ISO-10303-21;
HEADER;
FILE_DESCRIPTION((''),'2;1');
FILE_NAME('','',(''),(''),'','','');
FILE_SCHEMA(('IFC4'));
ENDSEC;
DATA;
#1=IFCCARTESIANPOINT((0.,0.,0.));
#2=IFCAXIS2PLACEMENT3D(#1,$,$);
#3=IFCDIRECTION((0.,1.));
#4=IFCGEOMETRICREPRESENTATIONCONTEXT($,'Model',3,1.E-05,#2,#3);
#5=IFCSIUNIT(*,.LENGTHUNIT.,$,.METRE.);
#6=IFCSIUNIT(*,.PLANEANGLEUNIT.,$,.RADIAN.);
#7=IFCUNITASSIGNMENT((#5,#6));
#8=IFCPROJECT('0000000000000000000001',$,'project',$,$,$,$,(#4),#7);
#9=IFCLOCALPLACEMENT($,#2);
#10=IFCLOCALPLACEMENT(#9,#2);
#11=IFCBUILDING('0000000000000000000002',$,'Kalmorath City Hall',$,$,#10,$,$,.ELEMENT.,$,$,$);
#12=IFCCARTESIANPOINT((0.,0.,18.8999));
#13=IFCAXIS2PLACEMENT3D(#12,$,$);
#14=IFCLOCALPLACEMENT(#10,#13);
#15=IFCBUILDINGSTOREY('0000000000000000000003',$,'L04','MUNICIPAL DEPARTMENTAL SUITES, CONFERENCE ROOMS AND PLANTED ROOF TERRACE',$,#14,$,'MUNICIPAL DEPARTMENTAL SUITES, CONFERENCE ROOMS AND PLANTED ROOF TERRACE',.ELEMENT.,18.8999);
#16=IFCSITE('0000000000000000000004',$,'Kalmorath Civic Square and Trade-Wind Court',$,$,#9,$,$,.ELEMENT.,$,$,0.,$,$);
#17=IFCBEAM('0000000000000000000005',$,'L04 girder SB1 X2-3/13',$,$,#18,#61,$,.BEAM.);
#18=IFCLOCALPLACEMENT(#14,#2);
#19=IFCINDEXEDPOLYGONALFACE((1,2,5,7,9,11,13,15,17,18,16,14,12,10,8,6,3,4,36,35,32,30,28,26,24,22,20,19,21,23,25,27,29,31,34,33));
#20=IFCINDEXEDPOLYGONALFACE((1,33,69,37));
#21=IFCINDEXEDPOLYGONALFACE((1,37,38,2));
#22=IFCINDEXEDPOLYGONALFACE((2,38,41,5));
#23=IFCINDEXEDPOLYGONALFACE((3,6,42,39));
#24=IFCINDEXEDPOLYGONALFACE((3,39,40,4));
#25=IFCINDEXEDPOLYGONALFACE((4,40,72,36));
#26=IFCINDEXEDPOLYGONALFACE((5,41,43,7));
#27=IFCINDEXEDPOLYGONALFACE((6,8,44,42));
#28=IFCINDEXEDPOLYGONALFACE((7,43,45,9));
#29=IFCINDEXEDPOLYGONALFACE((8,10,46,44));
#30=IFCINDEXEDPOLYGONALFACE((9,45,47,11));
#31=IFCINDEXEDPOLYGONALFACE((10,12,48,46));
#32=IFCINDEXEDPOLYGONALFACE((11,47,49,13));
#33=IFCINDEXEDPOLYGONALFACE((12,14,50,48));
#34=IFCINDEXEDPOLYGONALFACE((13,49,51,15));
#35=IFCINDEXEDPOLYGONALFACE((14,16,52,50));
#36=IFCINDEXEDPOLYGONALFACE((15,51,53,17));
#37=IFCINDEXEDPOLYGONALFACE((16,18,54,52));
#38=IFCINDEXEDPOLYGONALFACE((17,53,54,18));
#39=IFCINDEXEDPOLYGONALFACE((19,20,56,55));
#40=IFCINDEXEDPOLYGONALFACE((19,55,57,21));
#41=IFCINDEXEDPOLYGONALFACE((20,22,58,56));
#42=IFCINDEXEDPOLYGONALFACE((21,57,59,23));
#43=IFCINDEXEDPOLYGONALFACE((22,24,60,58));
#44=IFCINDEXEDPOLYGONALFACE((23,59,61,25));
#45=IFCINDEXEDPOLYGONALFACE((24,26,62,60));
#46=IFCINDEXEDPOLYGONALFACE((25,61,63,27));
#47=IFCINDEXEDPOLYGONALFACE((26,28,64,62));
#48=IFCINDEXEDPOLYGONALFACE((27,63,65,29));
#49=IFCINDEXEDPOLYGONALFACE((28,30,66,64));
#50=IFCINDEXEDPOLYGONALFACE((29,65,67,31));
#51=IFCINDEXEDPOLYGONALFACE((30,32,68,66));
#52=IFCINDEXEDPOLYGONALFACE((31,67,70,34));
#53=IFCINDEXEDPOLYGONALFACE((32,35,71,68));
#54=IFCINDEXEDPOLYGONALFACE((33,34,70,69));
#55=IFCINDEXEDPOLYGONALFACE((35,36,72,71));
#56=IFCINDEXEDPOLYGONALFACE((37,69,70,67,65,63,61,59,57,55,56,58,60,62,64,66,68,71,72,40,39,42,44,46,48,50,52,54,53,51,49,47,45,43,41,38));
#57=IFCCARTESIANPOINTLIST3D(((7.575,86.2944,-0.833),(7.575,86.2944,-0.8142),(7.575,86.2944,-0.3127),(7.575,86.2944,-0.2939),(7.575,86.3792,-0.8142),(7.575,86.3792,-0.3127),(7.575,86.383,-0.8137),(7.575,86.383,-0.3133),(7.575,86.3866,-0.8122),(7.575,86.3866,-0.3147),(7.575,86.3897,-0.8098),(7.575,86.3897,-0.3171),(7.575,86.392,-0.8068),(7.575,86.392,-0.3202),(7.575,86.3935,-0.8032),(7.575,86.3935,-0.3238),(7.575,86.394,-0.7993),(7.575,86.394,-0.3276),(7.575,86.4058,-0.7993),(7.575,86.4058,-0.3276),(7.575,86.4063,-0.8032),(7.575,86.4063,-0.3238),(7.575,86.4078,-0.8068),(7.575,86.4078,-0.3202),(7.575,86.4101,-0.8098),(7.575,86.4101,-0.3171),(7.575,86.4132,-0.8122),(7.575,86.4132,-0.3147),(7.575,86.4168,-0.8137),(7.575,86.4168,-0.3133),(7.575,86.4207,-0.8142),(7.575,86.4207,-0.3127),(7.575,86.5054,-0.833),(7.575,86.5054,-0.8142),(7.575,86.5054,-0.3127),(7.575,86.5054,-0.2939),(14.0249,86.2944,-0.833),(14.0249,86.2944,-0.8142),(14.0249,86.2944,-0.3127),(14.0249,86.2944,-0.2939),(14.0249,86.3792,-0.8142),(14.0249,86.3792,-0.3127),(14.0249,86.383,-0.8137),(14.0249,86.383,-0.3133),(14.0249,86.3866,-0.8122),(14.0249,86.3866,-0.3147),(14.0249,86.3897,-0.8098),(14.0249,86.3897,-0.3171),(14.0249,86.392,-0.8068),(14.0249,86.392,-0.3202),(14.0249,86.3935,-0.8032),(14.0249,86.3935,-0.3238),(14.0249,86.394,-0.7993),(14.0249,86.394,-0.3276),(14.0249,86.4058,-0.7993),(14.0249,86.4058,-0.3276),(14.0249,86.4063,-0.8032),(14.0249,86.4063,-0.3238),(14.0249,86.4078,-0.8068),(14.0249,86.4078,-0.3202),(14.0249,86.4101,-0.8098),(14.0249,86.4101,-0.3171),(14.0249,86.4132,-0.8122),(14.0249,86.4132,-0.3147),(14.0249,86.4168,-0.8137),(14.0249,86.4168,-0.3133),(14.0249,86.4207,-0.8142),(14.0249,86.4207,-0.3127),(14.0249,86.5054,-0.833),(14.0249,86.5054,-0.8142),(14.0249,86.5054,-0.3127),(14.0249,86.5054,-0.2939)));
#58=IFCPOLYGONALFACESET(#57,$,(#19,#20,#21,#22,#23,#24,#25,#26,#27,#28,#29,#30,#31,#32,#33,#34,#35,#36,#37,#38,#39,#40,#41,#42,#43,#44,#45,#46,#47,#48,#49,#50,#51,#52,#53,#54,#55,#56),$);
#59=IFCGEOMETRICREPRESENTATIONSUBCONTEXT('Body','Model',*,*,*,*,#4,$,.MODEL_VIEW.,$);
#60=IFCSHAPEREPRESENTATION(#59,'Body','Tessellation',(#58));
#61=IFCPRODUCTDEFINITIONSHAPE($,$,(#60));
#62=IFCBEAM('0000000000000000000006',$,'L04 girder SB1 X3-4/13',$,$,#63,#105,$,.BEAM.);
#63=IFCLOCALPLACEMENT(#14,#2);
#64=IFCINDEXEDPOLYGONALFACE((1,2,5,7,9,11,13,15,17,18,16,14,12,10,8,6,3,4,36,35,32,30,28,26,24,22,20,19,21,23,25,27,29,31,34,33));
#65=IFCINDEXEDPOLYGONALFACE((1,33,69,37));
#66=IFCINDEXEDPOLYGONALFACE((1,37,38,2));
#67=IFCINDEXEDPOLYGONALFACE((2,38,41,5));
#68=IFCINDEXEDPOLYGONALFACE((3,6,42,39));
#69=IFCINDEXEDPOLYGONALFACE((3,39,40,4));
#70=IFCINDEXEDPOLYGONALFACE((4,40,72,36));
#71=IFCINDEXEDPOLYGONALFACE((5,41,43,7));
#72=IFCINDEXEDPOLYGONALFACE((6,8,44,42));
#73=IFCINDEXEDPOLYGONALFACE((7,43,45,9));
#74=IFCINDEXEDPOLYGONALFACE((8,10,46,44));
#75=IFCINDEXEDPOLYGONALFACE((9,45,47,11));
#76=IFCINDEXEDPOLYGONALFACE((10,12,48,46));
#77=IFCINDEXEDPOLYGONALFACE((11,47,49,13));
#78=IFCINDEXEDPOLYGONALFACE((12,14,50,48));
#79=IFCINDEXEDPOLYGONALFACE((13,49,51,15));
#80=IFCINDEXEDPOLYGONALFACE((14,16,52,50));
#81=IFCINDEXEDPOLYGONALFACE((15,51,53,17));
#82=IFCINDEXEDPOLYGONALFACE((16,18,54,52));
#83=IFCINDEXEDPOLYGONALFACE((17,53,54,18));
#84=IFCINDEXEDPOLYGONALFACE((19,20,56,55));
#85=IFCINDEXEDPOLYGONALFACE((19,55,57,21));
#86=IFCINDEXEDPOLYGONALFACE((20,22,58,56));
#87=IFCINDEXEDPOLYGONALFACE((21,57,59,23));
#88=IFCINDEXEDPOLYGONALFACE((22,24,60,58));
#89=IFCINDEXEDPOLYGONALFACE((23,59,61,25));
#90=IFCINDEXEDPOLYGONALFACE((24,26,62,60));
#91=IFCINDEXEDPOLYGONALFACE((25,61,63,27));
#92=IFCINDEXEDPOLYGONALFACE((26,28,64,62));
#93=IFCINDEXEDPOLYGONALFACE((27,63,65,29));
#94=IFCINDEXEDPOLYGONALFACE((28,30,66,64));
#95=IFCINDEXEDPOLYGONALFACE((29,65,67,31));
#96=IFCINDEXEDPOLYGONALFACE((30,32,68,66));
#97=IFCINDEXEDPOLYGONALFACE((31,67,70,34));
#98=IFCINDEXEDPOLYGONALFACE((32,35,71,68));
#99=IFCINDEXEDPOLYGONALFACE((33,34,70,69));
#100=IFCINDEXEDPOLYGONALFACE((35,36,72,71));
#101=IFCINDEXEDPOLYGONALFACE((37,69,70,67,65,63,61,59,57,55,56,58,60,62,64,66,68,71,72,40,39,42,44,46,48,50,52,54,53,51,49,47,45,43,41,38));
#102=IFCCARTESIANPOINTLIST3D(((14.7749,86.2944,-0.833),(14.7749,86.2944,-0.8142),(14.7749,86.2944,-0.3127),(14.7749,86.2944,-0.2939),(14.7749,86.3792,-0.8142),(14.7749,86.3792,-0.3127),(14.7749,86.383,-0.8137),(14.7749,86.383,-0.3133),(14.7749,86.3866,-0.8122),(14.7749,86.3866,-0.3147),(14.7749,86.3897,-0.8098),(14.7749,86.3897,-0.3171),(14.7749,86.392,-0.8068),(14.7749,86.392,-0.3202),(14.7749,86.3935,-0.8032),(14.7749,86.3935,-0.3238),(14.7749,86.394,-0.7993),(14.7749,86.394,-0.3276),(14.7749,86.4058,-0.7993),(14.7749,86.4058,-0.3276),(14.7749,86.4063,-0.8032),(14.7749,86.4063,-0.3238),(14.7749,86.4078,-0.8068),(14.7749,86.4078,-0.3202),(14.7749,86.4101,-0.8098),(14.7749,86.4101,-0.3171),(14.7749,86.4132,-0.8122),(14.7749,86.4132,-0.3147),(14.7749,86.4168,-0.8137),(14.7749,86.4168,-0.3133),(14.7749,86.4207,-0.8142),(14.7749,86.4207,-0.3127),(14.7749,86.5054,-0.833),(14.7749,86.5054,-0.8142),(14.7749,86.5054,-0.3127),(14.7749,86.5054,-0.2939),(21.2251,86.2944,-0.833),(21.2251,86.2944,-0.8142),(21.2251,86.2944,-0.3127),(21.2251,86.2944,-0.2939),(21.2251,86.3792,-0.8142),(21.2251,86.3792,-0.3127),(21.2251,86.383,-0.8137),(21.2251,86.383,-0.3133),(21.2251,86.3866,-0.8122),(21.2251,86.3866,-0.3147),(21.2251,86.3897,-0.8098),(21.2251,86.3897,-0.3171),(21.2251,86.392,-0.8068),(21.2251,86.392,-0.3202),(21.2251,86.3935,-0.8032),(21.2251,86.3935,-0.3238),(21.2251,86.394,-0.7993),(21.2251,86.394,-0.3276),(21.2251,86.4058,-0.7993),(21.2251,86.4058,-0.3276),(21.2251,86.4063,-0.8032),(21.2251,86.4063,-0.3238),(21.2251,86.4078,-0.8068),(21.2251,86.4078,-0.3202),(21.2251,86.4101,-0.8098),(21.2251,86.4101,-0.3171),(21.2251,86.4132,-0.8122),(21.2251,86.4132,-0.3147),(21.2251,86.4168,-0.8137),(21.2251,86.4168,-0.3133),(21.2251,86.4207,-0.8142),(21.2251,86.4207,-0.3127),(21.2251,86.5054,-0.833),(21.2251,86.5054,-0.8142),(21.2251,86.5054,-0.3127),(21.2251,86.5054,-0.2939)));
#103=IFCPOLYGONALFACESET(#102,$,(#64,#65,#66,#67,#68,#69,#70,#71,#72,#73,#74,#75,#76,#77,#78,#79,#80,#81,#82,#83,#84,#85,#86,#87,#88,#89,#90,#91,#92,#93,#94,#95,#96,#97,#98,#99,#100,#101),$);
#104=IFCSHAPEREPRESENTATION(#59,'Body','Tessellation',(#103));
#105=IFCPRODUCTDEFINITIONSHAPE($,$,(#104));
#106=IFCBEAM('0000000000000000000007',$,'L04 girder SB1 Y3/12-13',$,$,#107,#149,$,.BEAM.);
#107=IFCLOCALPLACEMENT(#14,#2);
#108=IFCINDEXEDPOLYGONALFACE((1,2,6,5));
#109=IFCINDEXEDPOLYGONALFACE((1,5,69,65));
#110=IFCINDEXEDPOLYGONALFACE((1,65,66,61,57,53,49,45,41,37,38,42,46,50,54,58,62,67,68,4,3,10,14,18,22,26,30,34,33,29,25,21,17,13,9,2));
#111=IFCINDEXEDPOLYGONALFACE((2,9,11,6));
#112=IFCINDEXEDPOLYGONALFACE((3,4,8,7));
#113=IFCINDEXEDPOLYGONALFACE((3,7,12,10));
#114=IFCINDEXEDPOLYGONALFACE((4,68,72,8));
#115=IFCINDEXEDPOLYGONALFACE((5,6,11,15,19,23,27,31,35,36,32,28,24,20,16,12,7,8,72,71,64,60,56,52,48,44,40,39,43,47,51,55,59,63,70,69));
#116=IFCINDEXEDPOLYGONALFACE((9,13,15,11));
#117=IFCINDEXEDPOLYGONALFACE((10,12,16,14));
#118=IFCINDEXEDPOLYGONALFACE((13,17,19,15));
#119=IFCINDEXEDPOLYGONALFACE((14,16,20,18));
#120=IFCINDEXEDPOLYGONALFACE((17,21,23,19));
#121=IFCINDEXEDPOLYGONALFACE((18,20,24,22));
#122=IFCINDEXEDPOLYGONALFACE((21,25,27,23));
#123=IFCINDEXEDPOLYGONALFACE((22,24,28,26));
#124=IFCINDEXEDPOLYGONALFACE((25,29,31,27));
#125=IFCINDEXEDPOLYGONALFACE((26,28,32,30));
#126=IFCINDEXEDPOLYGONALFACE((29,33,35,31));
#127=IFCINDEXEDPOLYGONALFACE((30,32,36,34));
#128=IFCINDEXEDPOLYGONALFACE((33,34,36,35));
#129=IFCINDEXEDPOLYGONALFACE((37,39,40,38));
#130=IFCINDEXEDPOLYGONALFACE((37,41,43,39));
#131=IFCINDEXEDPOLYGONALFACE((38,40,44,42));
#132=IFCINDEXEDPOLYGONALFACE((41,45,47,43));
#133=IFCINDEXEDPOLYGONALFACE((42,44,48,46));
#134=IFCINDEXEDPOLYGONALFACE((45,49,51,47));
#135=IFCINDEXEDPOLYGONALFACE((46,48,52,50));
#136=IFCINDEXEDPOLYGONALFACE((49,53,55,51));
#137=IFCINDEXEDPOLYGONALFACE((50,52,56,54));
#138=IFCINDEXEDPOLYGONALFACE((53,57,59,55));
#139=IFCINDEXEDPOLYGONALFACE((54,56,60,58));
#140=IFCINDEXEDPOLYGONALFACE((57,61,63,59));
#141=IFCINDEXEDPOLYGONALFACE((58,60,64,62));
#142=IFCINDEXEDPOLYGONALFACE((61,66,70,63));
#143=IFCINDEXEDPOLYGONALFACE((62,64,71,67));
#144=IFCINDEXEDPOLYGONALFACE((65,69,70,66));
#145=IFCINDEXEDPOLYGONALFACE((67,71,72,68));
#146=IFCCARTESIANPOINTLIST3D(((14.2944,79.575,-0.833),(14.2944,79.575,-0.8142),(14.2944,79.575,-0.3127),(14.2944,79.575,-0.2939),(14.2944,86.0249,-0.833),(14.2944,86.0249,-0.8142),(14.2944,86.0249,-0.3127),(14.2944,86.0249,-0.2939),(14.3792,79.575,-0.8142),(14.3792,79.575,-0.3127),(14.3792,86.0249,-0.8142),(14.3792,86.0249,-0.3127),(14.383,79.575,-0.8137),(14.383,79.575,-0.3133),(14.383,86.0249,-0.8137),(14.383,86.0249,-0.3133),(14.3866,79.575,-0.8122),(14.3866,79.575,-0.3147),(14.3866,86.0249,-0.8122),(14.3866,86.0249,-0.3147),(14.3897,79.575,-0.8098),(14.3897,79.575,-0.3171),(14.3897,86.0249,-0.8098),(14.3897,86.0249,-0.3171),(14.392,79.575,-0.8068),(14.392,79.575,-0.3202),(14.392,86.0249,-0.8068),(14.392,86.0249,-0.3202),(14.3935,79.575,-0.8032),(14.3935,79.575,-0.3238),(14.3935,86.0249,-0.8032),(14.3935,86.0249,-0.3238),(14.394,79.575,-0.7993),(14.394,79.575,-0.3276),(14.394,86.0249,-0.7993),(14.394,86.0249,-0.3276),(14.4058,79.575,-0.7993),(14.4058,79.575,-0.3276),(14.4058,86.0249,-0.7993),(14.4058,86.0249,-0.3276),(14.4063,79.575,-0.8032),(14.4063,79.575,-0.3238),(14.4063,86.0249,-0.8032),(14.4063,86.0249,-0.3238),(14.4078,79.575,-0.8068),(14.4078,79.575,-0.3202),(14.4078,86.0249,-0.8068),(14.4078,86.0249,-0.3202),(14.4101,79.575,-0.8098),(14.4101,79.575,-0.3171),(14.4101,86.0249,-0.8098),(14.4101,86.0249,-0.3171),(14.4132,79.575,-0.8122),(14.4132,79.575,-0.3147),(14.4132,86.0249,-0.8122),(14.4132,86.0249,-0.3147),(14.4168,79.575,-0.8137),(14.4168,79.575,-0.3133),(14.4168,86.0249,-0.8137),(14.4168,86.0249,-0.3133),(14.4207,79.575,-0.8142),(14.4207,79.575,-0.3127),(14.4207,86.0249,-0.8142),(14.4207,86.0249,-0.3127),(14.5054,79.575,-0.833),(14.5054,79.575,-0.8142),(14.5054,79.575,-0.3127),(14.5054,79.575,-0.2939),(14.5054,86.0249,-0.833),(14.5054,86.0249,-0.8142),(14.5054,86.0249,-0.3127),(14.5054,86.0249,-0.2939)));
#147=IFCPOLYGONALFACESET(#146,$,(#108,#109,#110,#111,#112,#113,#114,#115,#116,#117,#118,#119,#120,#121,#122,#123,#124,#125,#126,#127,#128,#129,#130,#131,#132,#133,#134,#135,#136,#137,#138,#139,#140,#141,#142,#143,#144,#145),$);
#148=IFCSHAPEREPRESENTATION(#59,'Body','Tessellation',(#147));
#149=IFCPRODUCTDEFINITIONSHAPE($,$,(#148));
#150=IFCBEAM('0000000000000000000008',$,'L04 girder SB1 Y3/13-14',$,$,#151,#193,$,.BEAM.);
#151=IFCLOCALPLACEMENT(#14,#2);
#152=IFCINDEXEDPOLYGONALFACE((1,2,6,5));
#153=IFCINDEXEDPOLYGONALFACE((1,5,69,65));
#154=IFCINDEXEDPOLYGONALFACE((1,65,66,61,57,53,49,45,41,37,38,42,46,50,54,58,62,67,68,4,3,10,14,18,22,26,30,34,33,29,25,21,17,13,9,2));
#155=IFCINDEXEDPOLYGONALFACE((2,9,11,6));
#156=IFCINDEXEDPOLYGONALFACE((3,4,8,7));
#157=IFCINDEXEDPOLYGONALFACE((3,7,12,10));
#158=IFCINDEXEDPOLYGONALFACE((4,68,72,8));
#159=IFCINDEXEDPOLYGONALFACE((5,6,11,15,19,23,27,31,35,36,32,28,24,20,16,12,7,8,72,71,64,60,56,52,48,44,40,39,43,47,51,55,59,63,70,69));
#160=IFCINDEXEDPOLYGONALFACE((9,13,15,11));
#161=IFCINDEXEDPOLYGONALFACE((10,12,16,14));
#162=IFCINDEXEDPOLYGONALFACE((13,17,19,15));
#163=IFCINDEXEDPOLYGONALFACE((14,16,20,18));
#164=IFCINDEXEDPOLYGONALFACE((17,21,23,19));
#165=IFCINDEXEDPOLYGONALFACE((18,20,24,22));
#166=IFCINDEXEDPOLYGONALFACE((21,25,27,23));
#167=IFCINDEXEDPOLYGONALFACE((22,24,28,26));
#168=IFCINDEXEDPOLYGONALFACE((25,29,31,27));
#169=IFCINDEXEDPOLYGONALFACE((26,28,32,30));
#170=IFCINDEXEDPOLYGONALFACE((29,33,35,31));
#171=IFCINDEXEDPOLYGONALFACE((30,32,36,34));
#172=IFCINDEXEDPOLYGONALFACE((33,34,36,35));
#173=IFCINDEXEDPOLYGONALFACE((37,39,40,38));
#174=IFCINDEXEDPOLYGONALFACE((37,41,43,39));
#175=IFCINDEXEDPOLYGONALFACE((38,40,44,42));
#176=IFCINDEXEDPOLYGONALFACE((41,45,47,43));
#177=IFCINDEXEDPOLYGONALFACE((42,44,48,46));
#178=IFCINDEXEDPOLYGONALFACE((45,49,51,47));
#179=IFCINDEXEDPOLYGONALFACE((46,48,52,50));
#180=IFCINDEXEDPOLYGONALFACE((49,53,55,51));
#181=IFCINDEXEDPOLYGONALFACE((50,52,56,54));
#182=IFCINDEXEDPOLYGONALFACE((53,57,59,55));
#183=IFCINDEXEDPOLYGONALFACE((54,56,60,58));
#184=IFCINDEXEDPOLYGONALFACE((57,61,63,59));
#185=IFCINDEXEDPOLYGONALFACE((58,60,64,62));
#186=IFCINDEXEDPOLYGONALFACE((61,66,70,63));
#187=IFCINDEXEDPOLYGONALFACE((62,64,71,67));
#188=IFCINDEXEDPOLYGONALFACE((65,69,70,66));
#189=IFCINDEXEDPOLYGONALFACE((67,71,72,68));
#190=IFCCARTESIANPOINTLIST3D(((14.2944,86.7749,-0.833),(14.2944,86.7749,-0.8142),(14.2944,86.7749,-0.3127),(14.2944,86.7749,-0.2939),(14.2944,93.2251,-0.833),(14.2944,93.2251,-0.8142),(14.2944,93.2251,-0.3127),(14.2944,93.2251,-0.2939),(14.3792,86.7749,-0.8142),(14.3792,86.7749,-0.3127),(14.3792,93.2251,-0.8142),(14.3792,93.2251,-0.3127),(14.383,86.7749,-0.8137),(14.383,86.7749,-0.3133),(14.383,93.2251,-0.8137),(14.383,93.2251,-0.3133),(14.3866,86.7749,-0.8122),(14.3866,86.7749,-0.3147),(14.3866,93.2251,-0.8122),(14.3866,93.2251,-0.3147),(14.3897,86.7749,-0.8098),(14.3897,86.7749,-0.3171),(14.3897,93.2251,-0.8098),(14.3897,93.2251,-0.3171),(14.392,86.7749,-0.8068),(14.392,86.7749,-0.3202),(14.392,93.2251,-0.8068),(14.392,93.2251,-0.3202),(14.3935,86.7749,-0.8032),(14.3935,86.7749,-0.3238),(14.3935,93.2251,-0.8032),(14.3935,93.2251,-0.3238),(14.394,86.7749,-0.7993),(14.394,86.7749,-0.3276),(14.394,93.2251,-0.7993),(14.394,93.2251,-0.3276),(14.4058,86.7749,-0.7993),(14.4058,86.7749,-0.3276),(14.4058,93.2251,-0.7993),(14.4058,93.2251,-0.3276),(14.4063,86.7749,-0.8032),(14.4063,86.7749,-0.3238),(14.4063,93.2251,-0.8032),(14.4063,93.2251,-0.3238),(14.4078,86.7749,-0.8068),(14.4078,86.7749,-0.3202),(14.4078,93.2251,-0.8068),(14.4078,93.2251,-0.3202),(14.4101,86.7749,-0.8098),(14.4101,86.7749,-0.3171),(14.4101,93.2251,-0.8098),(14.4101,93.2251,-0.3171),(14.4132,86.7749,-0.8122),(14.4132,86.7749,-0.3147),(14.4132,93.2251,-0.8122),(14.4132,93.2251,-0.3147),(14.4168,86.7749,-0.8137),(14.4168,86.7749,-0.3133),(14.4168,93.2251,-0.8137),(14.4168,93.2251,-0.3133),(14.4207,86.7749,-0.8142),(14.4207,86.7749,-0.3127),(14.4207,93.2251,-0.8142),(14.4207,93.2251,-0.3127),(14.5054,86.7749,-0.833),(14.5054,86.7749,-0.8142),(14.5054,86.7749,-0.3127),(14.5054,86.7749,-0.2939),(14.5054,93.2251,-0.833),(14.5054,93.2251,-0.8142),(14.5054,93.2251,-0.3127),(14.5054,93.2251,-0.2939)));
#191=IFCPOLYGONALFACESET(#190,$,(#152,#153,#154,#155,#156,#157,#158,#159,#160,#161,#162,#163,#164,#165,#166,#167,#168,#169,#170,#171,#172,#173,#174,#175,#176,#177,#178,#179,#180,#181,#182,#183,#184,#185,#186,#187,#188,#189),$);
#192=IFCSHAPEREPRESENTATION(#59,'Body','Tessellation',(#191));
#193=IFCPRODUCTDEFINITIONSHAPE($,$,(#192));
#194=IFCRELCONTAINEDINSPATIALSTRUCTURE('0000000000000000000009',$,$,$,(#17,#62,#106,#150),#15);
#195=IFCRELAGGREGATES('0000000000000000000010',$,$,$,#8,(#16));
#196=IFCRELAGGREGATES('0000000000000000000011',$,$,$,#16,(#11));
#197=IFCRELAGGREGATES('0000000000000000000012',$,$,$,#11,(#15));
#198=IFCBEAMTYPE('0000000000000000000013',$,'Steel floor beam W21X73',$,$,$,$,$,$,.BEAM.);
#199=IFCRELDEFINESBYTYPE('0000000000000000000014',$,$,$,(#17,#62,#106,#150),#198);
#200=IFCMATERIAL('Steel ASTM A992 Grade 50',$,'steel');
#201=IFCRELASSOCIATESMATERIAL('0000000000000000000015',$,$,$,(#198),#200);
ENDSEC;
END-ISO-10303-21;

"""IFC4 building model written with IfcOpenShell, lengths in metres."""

from ifc_helpers import new_model, si_unit, direction, frame, origin, origin_2d, place, context, subcontext, project, spatial, i_section, extrude, material, material_profile, profile_set, type_object, element, save


model = new_model("IFC4")

# Units and contexts
model_context = context("Model", 3, precision=1e-05, world=origin(), true_north=direction((0.0, 1.0)))
body_context = subcontext(model_context, "Body", "Model", "MODEL_VIEW")
ifc_project = project(units=[si_unit("LENGTHUNIT", "METRE"), si_unit("PLANEANGLEUNIT", "RADIAN")], contexts=[model_context])

# Site, building, storey
site_placement = place(None, origin())
site = spatial("IfcSite", under=ifc_project, at=site_placement, Name="Kalmorath Civic Square and Trade-Wind Court", CompositionType="ELEMENT", RefElevation=0.0)
building_placement = place(site_placement, origin())
building = spatial("IfcBuilding", under=site, at=building_placement, Name="Kalmorath City Hall", CompositionType="ELEMENT")
storey_placement = place(building_placement, frame((0.0, 0.0, 18.8999)))
storey = spatial("IfcBuildingStorey", under=building, at=storey_placement, Name="L04", Description="MUNICIPAL DEPARTMENTAL SUITES, CONFERENCE ROOMS AND PLANTED ROOF TERRACE", LongName="MUNICIPAL DEPARTMENTAL SUITES, CONFERENCE ROOMS AND PLANTED ROOF TERRACE", CompositionType="ELEMENT", Elevation=18.8999)

# Beams
ifc_material_1 = material(Name="Steel ASTM A992 Grade 50", Category="steel")
ifc_material_profile_1 = material_profile(ifc_material_1, i_section(OverallWidth=0.2109, OverallDepth=0.5391, WebThickness=0.0117, FlangeThickness=0.0188, FilletRadius=0.0149, at=origin_2d()), Name="W21X73")
ifc_profile_set_1 = profile_set([ifc_material_profile_1], Name="Steel ASTM A992 Grade 50")
beam_type_1 = type_object("IfcBeamType", Name="Steel floor beam W21X73", PredefinedType="BEAM", material=ifc_profile_set_1)
beam_1_placement = place(storey_placement, frame((7.575, 86.3999, -0.5635), z_axis=(1.0, 0.0, 0.0), x_axis=(0.0, 1.0, 0.0)))
element("IfcBeam", 1, at=beam_1_placement, inside=storey, type_object=beam_type_1, Name="L04 girder SB1 X2-3/13", PredefinedType="BEAM", context=body_context, shape_type="SweptSolid", body=[
    extrude(i_section(OverallWidth=0.2109, OverallDepth=0.5391, WebThickness=0.0117, FlangeThickness=0.0188, FilletRadius=0.0149, at=origin_2d()), origin(), (0.0, 0.0, 1.0), 6.45),
])
beam_2_placement = place(storey_placement, frame((14.7749, 86.3999, -0.5635), z_axis=(1.0, 0.0, 0.0), x_axis=(0.0, 1.0, 0.0)))
element("IfcBeam", 2, at=beam_2_placement, inside=storey, type_object=beam_type_1, Name="L04 girder SB1 X3-4/13", PredefinedType="BEAM", context=body_context, shape_type="SweptSolid", body=[
    extrude(i_section(OverallWidth=0.2109, OverallDepth=0.5391, WebThickness=0.0117, FlangeThickness=0.0188, FilletRadius=0.0149, at=origin_2d()), origin(), (0.0, 0.0, 1.0), 6.4502),
])
beam_3_placement = place(storey_placement, frame((14.3999, 79.575, -0.5635), z_axis=(0.0, 1.0, 0.0), x_axis=(-1.0, 0.0, 0.0)))
element("IfcBeam", 3, at=beam_3_placement, inside=storey, type_object=beam_type_1, Name="L04 girder SB1 Y3/12-13", PredefinedType="BEAM", context=body_context, shape_type="SweptSolid", body=[
    extrude(i_section(OverallWidth=0.2109, OverallDepth=0.5391, WebThickness=0.0117, FlangeThickness=0.0188, FilletRadius=0.0149, at=origin_2d()), origin(), (0.0, 0.0, 1.0), 6.45),
])
beam_4_placement = place(storey_placement, frame((14.3999, 86.7749, -0.5635), z_axis=(0.0, 1.0, 0.0), x_axis=(-1.0, 0.0, 0.0)))
element("IfcBeam", 4, at=beam_4_placement, inside=storey, type_object=beam_type_1, Name="L04 girder SB1 Y3/13-14", PredefinedType="BEAM", context=body_context, shape_type="SweptSolid", body=[
    extrude(i_section(OverallWidth=0.2109, OverallDepth=0.5391, WebThickness=0.0117, FlangeThickness=0.0188, FilletRadius=0.0149, at=origin_2d()), origin(), (0.0, 0.0, 1.0), 6.4502),
])

save(model, "model.ifc")
